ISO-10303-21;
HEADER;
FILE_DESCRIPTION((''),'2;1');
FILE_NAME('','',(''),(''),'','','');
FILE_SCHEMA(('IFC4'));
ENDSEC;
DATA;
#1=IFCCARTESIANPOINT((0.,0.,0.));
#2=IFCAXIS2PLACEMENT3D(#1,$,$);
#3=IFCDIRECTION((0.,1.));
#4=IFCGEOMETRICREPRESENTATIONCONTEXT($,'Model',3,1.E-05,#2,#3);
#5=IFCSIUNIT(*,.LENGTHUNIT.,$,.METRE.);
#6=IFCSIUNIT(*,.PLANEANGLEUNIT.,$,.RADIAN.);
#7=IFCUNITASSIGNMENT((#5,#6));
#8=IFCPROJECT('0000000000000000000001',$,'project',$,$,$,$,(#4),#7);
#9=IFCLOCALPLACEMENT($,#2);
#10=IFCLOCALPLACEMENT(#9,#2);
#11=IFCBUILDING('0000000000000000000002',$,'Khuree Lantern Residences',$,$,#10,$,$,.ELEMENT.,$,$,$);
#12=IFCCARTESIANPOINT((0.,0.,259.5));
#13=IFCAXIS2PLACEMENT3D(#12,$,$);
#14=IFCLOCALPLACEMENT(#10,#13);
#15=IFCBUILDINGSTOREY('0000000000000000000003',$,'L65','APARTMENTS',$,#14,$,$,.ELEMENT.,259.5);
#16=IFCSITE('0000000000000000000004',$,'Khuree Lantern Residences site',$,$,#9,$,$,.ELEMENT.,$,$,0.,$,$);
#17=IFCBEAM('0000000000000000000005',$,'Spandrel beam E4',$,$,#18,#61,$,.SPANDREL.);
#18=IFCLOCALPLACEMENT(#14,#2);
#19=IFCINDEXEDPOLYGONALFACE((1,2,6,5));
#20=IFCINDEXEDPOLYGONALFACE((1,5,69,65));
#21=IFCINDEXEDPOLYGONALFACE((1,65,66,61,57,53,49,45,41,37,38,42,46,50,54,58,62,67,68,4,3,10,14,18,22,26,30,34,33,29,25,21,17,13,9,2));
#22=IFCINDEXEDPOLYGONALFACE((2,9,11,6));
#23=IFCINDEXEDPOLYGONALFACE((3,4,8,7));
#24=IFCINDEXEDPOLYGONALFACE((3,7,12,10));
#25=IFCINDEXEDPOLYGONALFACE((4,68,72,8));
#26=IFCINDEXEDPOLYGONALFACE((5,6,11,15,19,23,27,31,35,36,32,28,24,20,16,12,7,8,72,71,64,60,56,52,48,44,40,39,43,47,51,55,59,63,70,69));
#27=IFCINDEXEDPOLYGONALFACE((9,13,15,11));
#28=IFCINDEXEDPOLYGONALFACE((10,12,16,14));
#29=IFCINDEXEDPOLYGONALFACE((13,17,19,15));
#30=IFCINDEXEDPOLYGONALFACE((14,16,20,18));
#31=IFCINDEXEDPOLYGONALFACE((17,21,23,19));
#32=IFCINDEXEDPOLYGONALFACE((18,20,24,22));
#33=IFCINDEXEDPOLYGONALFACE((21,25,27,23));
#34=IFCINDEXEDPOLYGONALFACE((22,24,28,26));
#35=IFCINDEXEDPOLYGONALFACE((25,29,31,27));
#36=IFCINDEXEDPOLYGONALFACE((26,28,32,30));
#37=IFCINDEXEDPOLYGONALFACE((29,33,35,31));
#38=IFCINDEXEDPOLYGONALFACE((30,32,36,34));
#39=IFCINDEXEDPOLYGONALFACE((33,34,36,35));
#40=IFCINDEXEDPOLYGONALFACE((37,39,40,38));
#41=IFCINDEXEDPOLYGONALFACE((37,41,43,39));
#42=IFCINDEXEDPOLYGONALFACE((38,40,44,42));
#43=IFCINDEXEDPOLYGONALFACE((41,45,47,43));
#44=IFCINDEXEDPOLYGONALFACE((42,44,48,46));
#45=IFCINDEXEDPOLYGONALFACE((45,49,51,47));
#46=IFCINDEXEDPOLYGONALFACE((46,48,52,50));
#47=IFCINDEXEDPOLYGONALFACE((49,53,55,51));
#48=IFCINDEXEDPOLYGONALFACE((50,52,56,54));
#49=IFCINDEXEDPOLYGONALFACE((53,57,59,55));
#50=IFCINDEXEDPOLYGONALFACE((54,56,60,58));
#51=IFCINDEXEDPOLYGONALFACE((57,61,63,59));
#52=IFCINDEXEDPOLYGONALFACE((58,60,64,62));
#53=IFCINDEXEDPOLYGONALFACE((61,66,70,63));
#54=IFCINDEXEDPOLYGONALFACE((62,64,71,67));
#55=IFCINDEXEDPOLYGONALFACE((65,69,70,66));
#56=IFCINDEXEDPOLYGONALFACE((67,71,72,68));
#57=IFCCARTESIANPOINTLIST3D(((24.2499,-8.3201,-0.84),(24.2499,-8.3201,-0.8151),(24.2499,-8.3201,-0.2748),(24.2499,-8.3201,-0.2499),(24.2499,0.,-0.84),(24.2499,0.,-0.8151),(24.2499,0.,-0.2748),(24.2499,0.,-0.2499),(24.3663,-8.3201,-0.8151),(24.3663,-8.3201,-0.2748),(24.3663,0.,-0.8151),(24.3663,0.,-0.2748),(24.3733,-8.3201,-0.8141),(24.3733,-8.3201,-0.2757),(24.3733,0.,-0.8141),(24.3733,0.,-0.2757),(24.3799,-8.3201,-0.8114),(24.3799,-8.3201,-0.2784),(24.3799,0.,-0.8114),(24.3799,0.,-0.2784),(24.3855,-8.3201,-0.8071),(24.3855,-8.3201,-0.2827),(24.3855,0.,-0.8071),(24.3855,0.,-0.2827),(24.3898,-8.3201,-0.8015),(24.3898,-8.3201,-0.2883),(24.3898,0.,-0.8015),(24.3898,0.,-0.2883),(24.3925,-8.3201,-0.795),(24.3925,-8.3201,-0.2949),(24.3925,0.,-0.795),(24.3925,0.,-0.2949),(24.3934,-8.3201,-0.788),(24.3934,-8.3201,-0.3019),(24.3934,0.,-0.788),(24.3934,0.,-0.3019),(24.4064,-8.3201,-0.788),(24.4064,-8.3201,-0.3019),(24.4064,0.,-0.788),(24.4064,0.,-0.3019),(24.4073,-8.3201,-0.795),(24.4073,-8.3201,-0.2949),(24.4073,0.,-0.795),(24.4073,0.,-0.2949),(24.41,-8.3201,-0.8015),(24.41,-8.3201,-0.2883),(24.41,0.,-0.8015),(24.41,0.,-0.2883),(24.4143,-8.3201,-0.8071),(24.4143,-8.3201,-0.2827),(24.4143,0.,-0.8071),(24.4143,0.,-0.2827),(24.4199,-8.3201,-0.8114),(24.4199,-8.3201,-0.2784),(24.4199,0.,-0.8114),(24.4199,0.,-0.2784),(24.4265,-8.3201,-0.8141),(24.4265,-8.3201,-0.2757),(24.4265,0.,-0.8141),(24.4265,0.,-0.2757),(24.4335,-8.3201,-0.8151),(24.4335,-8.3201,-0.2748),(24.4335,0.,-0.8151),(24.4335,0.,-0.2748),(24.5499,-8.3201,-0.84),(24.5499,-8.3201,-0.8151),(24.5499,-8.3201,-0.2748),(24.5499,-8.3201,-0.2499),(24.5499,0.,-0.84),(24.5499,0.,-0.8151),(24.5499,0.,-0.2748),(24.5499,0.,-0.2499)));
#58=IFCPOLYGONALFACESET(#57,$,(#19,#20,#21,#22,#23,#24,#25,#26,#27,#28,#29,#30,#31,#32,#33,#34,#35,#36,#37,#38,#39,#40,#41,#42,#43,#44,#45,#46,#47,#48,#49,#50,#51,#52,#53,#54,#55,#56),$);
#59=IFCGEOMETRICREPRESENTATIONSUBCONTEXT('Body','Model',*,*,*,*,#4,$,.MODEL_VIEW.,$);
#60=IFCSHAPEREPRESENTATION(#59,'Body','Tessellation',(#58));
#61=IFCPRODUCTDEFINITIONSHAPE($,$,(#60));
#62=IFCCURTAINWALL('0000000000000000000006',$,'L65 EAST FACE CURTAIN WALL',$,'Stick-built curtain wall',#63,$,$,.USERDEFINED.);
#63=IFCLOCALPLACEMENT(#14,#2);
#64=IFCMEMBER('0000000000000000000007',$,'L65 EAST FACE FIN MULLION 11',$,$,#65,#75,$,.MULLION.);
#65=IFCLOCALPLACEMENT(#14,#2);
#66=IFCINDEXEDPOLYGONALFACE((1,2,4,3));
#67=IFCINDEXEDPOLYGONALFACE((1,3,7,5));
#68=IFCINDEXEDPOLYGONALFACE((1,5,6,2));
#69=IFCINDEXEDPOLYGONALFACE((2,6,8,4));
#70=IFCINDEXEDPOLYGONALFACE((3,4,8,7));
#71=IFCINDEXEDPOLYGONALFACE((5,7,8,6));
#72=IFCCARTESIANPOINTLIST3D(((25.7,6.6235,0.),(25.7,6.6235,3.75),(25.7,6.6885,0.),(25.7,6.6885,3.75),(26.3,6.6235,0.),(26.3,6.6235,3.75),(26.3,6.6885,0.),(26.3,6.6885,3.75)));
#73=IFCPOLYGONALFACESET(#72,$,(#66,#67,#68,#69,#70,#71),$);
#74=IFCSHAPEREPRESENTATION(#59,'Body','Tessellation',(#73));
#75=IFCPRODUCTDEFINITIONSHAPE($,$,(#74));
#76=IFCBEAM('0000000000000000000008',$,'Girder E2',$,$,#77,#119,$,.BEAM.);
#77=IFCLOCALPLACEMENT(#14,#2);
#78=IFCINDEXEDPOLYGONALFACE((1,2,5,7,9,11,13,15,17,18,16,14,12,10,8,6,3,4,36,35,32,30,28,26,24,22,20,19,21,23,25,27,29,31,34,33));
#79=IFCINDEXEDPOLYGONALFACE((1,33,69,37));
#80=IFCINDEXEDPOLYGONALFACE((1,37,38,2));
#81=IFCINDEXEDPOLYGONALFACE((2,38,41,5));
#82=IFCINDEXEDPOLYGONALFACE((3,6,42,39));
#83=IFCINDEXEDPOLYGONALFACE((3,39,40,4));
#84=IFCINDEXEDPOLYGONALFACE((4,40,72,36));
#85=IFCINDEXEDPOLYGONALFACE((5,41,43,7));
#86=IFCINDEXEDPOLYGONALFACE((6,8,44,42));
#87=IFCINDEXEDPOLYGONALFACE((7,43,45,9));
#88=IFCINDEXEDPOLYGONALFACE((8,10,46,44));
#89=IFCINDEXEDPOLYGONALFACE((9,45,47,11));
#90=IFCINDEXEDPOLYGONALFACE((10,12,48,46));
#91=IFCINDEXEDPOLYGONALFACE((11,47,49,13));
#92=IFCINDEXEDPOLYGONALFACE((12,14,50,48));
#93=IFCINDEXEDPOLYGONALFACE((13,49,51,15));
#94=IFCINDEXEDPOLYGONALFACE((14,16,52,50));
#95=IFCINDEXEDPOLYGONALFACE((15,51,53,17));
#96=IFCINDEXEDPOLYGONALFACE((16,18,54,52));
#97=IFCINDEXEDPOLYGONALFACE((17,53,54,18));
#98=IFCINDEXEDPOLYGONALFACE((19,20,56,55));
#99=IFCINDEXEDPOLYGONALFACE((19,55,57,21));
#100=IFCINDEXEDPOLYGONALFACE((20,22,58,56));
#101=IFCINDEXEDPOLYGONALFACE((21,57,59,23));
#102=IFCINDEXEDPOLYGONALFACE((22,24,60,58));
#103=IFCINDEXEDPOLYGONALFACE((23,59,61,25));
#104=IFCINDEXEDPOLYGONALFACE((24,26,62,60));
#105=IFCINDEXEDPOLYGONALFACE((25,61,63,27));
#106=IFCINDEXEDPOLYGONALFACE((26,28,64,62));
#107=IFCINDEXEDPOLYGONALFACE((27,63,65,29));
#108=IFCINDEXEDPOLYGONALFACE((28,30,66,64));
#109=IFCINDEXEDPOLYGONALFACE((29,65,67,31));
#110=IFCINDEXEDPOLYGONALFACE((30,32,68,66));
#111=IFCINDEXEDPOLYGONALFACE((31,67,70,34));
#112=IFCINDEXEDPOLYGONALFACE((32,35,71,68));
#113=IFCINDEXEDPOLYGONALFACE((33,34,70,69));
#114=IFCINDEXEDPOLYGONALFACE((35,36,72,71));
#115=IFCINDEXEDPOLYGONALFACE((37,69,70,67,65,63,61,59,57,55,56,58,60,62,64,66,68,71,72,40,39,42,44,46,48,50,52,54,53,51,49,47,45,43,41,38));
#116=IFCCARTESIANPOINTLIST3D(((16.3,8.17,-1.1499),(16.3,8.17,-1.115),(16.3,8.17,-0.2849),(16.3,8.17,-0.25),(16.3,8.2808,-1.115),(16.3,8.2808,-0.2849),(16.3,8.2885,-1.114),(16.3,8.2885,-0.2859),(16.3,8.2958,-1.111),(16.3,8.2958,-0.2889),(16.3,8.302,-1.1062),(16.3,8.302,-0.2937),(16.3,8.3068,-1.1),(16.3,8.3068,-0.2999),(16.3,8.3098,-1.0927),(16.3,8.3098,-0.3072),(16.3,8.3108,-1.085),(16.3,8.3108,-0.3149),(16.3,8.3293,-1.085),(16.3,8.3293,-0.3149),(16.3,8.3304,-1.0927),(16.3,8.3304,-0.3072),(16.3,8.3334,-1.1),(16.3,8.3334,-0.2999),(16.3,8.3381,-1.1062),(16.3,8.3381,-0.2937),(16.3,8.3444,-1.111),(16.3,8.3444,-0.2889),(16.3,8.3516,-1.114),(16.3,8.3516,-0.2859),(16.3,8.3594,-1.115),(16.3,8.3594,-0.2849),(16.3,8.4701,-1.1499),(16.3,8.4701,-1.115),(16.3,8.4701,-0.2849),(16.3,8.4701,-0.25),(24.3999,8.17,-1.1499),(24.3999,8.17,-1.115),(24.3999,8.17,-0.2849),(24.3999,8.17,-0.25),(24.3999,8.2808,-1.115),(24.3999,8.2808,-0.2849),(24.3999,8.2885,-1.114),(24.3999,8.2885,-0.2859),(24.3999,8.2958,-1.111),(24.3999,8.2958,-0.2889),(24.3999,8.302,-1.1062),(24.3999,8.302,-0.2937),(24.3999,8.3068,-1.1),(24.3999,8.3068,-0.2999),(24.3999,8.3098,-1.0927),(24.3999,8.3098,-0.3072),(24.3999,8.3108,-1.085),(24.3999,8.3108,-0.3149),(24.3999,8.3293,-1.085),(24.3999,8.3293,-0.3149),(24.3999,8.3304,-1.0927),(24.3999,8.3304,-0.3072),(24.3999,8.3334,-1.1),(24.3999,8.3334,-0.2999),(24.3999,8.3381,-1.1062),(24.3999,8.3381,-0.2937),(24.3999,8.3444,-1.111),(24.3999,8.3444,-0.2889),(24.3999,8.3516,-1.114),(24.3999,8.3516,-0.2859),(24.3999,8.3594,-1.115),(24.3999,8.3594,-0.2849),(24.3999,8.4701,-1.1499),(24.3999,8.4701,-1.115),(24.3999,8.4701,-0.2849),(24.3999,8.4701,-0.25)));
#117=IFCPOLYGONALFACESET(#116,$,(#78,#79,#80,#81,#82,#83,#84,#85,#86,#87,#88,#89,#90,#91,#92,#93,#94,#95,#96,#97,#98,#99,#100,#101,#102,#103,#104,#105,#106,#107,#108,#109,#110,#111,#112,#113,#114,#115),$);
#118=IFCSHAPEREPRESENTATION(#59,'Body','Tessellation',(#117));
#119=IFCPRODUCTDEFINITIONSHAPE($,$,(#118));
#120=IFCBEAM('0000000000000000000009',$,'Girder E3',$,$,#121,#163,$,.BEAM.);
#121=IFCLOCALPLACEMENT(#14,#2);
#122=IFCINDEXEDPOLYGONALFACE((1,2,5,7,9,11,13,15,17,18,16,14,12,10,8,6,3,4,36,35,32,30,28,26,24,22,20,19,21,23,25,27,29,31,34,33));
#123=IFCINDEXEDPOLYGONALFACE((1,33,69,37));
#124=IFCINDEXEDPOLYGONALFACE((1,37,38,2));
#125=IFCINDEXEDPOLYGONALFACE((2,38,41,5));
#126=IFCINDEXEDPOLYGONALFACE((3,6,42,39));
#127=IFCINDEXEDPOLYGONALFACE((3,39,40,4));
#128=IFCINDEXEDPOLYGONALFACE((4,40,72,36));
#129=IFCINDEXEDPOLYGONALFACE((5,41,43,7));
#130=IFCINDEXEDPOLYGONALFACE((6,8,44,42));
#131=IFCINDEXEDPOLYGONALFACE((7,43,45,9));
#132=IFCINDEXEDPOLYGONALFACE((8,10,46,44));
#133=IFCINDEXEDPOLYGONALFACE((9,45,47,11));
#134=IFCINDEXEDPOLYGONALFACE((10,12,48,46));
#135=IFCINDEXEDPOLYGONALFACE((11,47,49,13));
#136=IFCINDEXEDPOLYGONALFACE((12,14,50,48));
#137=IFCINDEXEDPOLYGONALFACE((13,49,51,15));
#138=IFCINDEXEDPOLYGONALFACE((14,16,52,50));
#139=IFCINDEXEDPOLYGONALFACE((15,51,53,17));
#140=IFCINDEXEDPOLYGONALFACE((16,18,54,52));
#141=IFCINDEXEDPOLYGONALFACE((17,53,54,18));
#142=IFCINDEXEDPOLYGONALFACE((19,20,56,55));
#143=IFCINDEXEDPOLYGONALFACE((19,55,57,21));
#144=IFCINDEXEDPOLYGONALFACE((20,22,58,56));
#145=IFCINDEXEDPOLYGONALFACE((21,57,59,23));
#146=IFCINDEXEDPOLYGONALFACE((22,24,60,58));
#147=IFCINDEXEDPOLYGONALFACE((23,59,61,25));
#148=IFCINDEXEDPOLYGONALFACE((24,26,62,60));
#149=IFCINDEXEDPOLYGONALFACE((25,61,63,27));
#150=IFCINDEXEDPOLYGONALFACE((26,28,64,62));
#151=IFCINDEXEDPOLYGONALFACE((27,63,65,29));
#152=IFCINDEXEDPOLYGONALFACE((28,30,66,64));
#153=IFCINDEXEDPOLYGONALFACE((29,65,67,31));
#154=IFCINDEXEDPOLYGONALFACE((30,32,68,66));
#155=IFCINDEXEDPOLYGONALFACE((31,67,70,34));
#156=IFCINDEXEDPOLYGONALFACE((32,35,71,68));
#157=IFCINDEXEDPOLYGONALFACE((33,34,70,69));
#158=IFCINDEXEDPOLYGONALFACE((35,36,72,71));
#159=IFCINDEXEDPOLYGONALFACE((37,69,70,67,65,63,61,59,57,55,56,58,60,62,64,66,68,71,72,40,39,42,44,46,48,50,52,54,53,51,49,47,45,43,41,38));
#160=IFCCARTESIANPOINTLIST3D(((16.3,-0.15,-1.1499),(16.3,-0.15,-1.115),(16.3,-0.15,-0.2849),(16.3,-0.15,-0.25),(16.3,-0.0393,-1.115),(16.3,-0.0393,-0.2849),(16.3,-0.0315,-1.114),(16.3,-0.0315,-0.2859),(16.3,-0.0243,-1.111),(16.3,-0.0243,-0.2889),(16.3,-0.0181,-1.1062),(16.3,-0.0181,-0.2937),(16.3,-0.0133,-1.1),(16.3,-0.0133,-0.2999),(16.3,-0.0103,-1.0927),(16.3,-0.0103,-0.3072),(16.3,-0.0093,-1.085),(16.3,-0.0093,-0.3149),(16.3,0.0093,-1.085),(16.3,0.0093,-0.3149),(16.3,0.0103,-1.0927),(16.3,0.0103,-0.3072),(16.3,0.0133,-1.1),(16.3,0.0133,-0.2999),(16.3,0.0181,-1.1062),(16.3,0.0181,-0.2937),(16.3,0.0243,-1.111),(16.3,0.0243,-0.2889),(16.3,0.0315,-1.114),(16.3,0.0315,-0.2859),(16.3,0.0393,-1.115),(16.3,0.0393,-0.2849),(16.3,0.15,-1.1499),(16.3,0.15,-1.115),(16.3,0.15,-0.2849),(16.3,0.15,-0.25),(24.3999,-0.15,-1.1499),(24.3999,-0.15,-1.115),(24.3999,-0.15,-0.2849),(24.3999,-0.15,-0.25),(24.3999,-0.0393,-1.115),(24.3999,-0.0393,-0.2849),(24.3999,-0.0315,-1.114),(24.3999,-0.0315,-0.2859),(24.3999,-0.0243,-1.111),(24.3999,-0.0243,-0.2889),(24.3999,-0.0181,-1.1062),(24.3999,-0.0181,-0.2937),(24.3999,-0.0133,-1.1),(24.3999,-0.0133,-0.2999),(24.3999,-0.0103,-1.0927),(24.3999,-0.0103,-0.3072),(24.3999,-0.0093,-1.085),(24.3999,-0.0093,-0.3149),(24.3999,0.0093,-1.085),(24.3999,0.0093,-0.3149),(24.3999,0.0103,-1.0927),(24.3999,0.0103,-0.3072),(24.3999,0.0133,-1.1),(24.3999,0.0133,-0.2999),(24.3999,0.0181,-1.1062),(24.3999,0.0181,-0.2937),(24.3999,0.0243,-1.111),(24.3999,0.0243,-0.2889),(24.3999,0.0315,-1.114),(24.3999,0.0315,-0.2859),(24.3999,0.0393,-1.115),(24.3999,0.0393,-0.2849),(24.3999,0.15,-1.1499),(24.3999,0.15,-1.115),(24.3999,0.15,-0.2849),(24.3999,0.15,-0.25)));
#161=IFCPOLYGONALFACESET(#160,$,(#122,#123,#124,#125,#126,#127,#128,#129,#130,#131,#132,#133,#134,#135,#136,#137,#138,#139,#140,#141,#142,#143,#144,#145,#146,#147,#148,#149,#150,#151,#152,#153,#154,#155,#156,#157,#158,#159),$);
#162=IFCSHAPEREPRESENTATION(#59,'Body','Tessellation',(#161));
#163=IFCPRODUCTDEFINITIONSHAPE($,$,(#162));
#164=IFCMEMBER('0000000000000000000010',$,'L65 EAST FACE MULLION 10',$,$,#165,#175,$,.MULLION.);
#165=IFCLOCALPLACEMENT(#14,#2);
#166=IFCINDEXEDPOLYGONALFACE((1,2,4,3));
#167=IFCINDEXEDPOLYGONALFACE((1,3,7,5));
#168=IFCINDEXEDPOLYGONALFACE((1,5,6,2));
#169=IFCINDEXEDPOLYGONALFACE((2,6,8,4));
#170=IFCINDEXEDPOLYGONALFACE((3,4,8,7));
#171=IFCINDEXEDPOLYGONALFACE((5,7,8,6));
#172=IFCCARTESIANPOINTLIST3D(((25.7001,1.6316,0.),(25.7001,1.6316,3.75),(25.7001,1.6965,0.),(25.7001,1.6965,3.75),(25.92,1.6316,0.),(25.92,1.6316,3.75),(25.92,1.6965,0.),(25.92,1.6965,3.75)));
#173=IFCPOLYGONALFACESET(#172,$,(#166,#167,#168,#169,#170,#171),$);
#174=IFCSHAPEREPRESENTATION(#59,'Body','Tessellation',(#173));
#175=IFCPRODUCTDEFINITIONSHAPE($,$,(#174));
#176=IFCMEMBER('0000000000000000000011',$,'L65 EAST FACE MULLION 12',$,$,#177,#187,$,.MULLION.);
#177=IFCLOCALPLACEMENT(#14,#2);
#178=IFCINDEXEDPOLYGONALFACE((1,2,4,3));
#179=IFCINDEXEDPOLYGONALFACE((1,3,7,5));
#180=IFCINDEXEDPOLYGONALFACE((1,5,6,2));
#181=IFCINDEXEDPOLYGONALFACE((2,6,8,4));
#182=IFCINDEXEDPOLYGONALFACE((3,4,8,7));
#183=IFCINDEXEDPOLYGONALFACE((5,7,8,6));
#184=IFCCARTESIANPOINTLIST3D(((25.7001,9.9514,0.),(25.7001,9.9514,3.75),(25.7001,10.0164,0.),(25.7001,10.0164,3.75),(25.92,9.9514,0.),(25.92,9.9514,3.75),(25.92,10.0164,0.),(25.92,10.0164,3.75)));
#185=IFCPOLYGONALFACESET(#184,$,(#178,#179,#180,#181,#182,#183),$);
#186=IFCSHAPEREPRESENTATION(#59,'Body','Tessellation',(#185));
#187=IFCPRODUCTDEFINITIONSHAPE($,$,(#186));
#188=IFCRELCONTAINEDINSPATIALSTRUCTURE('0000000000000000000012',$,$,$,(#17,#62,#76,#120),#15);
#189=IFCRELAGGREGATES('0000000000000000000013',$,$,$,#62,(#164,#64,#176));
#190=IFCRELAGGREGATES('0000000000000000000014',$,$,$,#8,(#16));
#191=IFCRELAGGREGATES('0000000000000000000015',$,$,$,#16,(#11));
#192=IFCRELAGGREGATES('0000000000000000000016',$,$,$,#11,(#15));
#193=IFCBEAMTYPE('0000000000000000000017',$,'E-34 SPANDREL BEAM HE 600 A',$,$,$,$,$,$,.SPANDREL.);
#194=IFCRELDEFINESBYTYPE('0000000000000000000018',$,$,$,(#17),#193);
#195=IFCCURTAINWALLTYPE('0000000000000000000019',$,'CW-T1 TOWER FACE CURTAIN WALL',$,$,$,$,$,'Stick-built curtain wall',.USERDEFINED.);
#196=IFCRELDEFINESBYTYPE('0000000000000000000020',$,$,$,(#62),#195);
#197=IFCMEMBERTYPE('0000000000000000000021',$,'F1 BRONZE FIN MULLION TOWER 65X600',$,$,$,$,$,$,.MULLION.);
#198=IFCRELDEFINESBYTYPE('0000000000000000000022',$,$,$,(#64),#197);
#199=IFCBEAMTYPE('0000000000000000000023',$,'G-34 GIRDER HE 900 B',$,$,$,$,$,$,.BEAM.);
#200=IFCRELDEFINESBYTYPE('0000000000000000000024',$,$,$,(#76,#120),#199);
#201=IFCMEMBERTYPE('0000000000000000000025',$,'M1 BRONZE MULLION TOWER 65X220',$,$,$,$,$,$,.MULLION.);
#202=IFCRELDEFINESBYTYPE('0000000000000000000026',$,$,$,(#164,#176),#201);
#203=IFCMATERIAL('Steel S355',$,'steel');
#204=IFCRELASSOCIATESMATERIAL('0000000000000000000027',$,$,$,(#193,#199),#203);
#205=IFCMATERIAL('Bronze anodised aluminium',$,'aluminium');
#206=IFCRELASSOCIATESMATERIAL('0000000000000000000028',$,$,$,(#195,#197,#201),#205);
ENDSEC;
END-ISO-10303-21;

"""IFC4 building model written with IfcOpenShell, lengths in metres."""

from ifc_helpers import new_model, si_unit, direction, frame, origin, origin_2d, place, context, subcontext, project, spatial, rectangle, i_section, extrude, material, material_profile, profile_set, type_object, element, aggregate, save


model = new_model("IFC4")

# Units and contexts
model_context = context("Model", 3, precision=1e-05, world=origin(), true_north=direction((0.0, 1.0)))
body_context = subcontext(model_context, "Body", "Model", "MODEL_VIEW")
ifc_project = project(units=[si_unit("LENGTHUNIT", "METRE"), si_unit("PLANEANGLEUNIT", "RADIAN")], contexts=[model_context])

# Site, building, storey
site_placement = place(None, origin())
site = spatial("IfcSite", under=ifc_project, at=site_placement, Name="Khuree Lantern Residences site", CompositionType="ELEMENT", RefElevation=0.0)
building_placement = place(site_placement, origin())
building = spatial("IfcBuilding", under=site, at=building_placement, Name="Khuree Lantern Residences", CompositionType="ELEMENT")
storey_placement = place(building_placement, frame((0.0, 0.0, 259.5)))
storey = spatial("IfcBuildingStorey", under=building, at=storey_placement, Name="L65", Description="APARTMENTS", CompositionType="ELEMENT", Elevation=259.5)

# Beam
ifc_material_1 = material(Name="Steel S355", Category="steel")
ifc_material_profile_1 = material_profile(ifc_material_1, i_section(OverallWidth=0.3, OverallDepth=0.5901, WebThickness=0.0129, FlangeThickness=0.0249, FilletRadius=0.0271, at=origin_2d()), Name="HE 600 A")
ifc_profile_set_1 = profile_set([ifc_material_profile_1], Name="Steel S355")
beam_type_1 = type_object("IfcBeamType", Name="E-34 SPANDREL BEAM HE 600 A", PredefinedType="SPANDREL", material=ifc_profile_set_1)
for number, where, z_axis, x_axis, name in (
    (1, (24.3999, 0.0, -0.5449), (0.0, -1.0, 0.0), (1.0, 0.0, 0.0), "Spandrel beam E4"),
):
    element("IfcBeam", number, at=place(storey_placement, frame(where, z_axis=z_axis, x_axis=x_axis)), inside=storey, type_object=beam_type_1, Name=name, PredefinedType="SPANDREL", context=body_context, shape_type="SweptSolid", body=[
        extrude(i_section(OverallWidth=0.3, OverallDepth=0.5901, WebThickness=0.0129, FlangeThickness=0.0249, FilletRadius=0.0271, at=origin_2d()), origin(), (0.0, 0.0, 1.0), 8.3201),
    ])

# Curtain wall, member
ifc_material_2 = material(Name="Bronze anodised aluminium", Category="aluminium")
curtain_wall_type = type_object("IfcCurtainWallType", Name="CW-T1 TOWER FACE CURTAIN WALL", ElementType="Stick-built curtain wall", PredefinedType="USERDEFINED", material=ifc_material_2)
curtain_wall_placement = place(storey_placement, origin())
curtain_wall = element("IfcCurtainWall", 2, at=curtain_wall_placement, inside=storey, type_object=curtain_wall_type, Name="L65 EAST FACE CURTAIN WALL", ObjectType="Stick-built curtain wall", PredefinedType="USERDEFINED")
ifc_material_profile_2 = material_profile(ifc_material_2, rectangle(XDim=0.0649, YDim=0.6001, at=origin_2d()), Name="F1 65X600")
ifc_profile_set_2 = profile_set([ifc_material_profile_2], Name="Bronze anodised aluminium")
member_type_1 = type_object("IfcMemberType", Name="F1 BRONZE FIN MULLION TOWER 65X600", PredefinedType="MULLION", material=ifc_profile_set_2)
member_1_placement = place(storey_placement, frame((26.0, 6.656, 0.0), z_axis=(0.0, 0.0, 1.0), x_axis=(0.0, 1.0, 0.0)))
member_1 = element("IfcMember", 3, at=member_1_placement, type_object=member_type_1, Name="L65 EAST FACE FIN MULLION 11", PredefinedType="MULLION", context=body_context, shape_type="SweptSolid", body=[
    extrude(rectangle(XDim=0.0649, YDim=0.6001, at=origin_2d()), origin(), (0.0, 0.0, 1.0), 3.75),
])

# Beams
ifc_material_profile_3 = material_profile(ifc_material_1, i_section(OverallWidth=0.3, OverallDepth=0.8999, WebThickness=0.0186, FlangeThickness=0.0349, FilletRadius=0.03, at=origin_2d()), Name="HE 900 B")
ifc_profile_set_3 = profile_set([ifc_material_profile_3], Name="Steel S355")
beam_type_2 = type_object("IfcBeamType", Name="G-34 GIRDER HE 900 B", PredefinedType="BEAM", material=ifc_profile_set_3)
for number, where, z_axis, x_axis, name in (
    (4, (24.3999, 8.3201, -0.7), (-1.0, 0.0, 0.0), (0.0, -1.0, 0.0), "Girder E2"),
    (5, (24.3999, 0.0, -0.7), (-1.0, 0.0, 0.0), (0.0, -1.0, 0.0), "Girder E3"),
):
    element("IfcBeam", number, at=place(storey_placement, frame(where, z_axis=z_axis, x_axis=x_axis)), inside=storey, type_object=beam_type_2, Name=name, PredefinedType="BEAM", context=body_context, shape_type="SweptSolid", body=[
        extrude(i_section(OverallWidth=0.3, OverallDepth=0.8999, WebThickness=0.0186, FlangeThickness=0.0349, FilletRadius=0.03, at=origin_2d()), origin(), (0.0, 0.0, 1.0), 8.0999),
    ])

# Members
ifc_material_profile_4 = material_profile(ifc_material_2, rectangle(XDim=0.0649, YDim=0.22, at=origin_2d()), Name="M1 65X220")
ifc_profile_set_4 = profile_set([ifc_material_profile_4], Name="Bronze anodised aluminium")
member_type_2 = type_object("IfcMemberType", Name="M1 BRONZE MULLION TOWER 65X220", PredefinedType="MULLION", material=ifc_profile_set_4)
member_2_placement = place(storey_placement, frame((25.8101, 1.6641, 0.0), z_axis=(0.0, 0.0, 1.0), x_axis=(0.0, 1.0, 0.0)))
member_2 = element("IfcMember", 6, at=member_2_placement, type_object=member_type_2, Name="L65 EAST FACE MULLION 10", PredefinedType="MULLION", context=body_context, shape_type="SweptSolid", body=[
    extrude(rectangle(XDim=0.0649, YDim=0.22, at=origin_2d()), origin(), (0.0, 0.0, 1.0), 3.75),
])
member_3_placement = place(storey_placement, frame((25.8101, 9.9839, 0.0), z_axis=(0.0, 0.0, 1.0), x_axis=(0.0, 1.0, 0.0)))
member_3 = element("IfcMember", 7, at=member_3_placement, type_object=member_type_2, Name="L65 EAST FACE MULLION 12", PredefinedType="MULLION", context=body_context, shape_type="SweptSolid", body=[
    extrude(rectangle(XDim=0.0649, YDim=0.22, at=origin_2d()), origin(), (0.0, 0.0, 1.0), 3.75),
])

aggregate(curtain_wall, [member_2, member_1, member_3])

save(model, "model.ifc")
